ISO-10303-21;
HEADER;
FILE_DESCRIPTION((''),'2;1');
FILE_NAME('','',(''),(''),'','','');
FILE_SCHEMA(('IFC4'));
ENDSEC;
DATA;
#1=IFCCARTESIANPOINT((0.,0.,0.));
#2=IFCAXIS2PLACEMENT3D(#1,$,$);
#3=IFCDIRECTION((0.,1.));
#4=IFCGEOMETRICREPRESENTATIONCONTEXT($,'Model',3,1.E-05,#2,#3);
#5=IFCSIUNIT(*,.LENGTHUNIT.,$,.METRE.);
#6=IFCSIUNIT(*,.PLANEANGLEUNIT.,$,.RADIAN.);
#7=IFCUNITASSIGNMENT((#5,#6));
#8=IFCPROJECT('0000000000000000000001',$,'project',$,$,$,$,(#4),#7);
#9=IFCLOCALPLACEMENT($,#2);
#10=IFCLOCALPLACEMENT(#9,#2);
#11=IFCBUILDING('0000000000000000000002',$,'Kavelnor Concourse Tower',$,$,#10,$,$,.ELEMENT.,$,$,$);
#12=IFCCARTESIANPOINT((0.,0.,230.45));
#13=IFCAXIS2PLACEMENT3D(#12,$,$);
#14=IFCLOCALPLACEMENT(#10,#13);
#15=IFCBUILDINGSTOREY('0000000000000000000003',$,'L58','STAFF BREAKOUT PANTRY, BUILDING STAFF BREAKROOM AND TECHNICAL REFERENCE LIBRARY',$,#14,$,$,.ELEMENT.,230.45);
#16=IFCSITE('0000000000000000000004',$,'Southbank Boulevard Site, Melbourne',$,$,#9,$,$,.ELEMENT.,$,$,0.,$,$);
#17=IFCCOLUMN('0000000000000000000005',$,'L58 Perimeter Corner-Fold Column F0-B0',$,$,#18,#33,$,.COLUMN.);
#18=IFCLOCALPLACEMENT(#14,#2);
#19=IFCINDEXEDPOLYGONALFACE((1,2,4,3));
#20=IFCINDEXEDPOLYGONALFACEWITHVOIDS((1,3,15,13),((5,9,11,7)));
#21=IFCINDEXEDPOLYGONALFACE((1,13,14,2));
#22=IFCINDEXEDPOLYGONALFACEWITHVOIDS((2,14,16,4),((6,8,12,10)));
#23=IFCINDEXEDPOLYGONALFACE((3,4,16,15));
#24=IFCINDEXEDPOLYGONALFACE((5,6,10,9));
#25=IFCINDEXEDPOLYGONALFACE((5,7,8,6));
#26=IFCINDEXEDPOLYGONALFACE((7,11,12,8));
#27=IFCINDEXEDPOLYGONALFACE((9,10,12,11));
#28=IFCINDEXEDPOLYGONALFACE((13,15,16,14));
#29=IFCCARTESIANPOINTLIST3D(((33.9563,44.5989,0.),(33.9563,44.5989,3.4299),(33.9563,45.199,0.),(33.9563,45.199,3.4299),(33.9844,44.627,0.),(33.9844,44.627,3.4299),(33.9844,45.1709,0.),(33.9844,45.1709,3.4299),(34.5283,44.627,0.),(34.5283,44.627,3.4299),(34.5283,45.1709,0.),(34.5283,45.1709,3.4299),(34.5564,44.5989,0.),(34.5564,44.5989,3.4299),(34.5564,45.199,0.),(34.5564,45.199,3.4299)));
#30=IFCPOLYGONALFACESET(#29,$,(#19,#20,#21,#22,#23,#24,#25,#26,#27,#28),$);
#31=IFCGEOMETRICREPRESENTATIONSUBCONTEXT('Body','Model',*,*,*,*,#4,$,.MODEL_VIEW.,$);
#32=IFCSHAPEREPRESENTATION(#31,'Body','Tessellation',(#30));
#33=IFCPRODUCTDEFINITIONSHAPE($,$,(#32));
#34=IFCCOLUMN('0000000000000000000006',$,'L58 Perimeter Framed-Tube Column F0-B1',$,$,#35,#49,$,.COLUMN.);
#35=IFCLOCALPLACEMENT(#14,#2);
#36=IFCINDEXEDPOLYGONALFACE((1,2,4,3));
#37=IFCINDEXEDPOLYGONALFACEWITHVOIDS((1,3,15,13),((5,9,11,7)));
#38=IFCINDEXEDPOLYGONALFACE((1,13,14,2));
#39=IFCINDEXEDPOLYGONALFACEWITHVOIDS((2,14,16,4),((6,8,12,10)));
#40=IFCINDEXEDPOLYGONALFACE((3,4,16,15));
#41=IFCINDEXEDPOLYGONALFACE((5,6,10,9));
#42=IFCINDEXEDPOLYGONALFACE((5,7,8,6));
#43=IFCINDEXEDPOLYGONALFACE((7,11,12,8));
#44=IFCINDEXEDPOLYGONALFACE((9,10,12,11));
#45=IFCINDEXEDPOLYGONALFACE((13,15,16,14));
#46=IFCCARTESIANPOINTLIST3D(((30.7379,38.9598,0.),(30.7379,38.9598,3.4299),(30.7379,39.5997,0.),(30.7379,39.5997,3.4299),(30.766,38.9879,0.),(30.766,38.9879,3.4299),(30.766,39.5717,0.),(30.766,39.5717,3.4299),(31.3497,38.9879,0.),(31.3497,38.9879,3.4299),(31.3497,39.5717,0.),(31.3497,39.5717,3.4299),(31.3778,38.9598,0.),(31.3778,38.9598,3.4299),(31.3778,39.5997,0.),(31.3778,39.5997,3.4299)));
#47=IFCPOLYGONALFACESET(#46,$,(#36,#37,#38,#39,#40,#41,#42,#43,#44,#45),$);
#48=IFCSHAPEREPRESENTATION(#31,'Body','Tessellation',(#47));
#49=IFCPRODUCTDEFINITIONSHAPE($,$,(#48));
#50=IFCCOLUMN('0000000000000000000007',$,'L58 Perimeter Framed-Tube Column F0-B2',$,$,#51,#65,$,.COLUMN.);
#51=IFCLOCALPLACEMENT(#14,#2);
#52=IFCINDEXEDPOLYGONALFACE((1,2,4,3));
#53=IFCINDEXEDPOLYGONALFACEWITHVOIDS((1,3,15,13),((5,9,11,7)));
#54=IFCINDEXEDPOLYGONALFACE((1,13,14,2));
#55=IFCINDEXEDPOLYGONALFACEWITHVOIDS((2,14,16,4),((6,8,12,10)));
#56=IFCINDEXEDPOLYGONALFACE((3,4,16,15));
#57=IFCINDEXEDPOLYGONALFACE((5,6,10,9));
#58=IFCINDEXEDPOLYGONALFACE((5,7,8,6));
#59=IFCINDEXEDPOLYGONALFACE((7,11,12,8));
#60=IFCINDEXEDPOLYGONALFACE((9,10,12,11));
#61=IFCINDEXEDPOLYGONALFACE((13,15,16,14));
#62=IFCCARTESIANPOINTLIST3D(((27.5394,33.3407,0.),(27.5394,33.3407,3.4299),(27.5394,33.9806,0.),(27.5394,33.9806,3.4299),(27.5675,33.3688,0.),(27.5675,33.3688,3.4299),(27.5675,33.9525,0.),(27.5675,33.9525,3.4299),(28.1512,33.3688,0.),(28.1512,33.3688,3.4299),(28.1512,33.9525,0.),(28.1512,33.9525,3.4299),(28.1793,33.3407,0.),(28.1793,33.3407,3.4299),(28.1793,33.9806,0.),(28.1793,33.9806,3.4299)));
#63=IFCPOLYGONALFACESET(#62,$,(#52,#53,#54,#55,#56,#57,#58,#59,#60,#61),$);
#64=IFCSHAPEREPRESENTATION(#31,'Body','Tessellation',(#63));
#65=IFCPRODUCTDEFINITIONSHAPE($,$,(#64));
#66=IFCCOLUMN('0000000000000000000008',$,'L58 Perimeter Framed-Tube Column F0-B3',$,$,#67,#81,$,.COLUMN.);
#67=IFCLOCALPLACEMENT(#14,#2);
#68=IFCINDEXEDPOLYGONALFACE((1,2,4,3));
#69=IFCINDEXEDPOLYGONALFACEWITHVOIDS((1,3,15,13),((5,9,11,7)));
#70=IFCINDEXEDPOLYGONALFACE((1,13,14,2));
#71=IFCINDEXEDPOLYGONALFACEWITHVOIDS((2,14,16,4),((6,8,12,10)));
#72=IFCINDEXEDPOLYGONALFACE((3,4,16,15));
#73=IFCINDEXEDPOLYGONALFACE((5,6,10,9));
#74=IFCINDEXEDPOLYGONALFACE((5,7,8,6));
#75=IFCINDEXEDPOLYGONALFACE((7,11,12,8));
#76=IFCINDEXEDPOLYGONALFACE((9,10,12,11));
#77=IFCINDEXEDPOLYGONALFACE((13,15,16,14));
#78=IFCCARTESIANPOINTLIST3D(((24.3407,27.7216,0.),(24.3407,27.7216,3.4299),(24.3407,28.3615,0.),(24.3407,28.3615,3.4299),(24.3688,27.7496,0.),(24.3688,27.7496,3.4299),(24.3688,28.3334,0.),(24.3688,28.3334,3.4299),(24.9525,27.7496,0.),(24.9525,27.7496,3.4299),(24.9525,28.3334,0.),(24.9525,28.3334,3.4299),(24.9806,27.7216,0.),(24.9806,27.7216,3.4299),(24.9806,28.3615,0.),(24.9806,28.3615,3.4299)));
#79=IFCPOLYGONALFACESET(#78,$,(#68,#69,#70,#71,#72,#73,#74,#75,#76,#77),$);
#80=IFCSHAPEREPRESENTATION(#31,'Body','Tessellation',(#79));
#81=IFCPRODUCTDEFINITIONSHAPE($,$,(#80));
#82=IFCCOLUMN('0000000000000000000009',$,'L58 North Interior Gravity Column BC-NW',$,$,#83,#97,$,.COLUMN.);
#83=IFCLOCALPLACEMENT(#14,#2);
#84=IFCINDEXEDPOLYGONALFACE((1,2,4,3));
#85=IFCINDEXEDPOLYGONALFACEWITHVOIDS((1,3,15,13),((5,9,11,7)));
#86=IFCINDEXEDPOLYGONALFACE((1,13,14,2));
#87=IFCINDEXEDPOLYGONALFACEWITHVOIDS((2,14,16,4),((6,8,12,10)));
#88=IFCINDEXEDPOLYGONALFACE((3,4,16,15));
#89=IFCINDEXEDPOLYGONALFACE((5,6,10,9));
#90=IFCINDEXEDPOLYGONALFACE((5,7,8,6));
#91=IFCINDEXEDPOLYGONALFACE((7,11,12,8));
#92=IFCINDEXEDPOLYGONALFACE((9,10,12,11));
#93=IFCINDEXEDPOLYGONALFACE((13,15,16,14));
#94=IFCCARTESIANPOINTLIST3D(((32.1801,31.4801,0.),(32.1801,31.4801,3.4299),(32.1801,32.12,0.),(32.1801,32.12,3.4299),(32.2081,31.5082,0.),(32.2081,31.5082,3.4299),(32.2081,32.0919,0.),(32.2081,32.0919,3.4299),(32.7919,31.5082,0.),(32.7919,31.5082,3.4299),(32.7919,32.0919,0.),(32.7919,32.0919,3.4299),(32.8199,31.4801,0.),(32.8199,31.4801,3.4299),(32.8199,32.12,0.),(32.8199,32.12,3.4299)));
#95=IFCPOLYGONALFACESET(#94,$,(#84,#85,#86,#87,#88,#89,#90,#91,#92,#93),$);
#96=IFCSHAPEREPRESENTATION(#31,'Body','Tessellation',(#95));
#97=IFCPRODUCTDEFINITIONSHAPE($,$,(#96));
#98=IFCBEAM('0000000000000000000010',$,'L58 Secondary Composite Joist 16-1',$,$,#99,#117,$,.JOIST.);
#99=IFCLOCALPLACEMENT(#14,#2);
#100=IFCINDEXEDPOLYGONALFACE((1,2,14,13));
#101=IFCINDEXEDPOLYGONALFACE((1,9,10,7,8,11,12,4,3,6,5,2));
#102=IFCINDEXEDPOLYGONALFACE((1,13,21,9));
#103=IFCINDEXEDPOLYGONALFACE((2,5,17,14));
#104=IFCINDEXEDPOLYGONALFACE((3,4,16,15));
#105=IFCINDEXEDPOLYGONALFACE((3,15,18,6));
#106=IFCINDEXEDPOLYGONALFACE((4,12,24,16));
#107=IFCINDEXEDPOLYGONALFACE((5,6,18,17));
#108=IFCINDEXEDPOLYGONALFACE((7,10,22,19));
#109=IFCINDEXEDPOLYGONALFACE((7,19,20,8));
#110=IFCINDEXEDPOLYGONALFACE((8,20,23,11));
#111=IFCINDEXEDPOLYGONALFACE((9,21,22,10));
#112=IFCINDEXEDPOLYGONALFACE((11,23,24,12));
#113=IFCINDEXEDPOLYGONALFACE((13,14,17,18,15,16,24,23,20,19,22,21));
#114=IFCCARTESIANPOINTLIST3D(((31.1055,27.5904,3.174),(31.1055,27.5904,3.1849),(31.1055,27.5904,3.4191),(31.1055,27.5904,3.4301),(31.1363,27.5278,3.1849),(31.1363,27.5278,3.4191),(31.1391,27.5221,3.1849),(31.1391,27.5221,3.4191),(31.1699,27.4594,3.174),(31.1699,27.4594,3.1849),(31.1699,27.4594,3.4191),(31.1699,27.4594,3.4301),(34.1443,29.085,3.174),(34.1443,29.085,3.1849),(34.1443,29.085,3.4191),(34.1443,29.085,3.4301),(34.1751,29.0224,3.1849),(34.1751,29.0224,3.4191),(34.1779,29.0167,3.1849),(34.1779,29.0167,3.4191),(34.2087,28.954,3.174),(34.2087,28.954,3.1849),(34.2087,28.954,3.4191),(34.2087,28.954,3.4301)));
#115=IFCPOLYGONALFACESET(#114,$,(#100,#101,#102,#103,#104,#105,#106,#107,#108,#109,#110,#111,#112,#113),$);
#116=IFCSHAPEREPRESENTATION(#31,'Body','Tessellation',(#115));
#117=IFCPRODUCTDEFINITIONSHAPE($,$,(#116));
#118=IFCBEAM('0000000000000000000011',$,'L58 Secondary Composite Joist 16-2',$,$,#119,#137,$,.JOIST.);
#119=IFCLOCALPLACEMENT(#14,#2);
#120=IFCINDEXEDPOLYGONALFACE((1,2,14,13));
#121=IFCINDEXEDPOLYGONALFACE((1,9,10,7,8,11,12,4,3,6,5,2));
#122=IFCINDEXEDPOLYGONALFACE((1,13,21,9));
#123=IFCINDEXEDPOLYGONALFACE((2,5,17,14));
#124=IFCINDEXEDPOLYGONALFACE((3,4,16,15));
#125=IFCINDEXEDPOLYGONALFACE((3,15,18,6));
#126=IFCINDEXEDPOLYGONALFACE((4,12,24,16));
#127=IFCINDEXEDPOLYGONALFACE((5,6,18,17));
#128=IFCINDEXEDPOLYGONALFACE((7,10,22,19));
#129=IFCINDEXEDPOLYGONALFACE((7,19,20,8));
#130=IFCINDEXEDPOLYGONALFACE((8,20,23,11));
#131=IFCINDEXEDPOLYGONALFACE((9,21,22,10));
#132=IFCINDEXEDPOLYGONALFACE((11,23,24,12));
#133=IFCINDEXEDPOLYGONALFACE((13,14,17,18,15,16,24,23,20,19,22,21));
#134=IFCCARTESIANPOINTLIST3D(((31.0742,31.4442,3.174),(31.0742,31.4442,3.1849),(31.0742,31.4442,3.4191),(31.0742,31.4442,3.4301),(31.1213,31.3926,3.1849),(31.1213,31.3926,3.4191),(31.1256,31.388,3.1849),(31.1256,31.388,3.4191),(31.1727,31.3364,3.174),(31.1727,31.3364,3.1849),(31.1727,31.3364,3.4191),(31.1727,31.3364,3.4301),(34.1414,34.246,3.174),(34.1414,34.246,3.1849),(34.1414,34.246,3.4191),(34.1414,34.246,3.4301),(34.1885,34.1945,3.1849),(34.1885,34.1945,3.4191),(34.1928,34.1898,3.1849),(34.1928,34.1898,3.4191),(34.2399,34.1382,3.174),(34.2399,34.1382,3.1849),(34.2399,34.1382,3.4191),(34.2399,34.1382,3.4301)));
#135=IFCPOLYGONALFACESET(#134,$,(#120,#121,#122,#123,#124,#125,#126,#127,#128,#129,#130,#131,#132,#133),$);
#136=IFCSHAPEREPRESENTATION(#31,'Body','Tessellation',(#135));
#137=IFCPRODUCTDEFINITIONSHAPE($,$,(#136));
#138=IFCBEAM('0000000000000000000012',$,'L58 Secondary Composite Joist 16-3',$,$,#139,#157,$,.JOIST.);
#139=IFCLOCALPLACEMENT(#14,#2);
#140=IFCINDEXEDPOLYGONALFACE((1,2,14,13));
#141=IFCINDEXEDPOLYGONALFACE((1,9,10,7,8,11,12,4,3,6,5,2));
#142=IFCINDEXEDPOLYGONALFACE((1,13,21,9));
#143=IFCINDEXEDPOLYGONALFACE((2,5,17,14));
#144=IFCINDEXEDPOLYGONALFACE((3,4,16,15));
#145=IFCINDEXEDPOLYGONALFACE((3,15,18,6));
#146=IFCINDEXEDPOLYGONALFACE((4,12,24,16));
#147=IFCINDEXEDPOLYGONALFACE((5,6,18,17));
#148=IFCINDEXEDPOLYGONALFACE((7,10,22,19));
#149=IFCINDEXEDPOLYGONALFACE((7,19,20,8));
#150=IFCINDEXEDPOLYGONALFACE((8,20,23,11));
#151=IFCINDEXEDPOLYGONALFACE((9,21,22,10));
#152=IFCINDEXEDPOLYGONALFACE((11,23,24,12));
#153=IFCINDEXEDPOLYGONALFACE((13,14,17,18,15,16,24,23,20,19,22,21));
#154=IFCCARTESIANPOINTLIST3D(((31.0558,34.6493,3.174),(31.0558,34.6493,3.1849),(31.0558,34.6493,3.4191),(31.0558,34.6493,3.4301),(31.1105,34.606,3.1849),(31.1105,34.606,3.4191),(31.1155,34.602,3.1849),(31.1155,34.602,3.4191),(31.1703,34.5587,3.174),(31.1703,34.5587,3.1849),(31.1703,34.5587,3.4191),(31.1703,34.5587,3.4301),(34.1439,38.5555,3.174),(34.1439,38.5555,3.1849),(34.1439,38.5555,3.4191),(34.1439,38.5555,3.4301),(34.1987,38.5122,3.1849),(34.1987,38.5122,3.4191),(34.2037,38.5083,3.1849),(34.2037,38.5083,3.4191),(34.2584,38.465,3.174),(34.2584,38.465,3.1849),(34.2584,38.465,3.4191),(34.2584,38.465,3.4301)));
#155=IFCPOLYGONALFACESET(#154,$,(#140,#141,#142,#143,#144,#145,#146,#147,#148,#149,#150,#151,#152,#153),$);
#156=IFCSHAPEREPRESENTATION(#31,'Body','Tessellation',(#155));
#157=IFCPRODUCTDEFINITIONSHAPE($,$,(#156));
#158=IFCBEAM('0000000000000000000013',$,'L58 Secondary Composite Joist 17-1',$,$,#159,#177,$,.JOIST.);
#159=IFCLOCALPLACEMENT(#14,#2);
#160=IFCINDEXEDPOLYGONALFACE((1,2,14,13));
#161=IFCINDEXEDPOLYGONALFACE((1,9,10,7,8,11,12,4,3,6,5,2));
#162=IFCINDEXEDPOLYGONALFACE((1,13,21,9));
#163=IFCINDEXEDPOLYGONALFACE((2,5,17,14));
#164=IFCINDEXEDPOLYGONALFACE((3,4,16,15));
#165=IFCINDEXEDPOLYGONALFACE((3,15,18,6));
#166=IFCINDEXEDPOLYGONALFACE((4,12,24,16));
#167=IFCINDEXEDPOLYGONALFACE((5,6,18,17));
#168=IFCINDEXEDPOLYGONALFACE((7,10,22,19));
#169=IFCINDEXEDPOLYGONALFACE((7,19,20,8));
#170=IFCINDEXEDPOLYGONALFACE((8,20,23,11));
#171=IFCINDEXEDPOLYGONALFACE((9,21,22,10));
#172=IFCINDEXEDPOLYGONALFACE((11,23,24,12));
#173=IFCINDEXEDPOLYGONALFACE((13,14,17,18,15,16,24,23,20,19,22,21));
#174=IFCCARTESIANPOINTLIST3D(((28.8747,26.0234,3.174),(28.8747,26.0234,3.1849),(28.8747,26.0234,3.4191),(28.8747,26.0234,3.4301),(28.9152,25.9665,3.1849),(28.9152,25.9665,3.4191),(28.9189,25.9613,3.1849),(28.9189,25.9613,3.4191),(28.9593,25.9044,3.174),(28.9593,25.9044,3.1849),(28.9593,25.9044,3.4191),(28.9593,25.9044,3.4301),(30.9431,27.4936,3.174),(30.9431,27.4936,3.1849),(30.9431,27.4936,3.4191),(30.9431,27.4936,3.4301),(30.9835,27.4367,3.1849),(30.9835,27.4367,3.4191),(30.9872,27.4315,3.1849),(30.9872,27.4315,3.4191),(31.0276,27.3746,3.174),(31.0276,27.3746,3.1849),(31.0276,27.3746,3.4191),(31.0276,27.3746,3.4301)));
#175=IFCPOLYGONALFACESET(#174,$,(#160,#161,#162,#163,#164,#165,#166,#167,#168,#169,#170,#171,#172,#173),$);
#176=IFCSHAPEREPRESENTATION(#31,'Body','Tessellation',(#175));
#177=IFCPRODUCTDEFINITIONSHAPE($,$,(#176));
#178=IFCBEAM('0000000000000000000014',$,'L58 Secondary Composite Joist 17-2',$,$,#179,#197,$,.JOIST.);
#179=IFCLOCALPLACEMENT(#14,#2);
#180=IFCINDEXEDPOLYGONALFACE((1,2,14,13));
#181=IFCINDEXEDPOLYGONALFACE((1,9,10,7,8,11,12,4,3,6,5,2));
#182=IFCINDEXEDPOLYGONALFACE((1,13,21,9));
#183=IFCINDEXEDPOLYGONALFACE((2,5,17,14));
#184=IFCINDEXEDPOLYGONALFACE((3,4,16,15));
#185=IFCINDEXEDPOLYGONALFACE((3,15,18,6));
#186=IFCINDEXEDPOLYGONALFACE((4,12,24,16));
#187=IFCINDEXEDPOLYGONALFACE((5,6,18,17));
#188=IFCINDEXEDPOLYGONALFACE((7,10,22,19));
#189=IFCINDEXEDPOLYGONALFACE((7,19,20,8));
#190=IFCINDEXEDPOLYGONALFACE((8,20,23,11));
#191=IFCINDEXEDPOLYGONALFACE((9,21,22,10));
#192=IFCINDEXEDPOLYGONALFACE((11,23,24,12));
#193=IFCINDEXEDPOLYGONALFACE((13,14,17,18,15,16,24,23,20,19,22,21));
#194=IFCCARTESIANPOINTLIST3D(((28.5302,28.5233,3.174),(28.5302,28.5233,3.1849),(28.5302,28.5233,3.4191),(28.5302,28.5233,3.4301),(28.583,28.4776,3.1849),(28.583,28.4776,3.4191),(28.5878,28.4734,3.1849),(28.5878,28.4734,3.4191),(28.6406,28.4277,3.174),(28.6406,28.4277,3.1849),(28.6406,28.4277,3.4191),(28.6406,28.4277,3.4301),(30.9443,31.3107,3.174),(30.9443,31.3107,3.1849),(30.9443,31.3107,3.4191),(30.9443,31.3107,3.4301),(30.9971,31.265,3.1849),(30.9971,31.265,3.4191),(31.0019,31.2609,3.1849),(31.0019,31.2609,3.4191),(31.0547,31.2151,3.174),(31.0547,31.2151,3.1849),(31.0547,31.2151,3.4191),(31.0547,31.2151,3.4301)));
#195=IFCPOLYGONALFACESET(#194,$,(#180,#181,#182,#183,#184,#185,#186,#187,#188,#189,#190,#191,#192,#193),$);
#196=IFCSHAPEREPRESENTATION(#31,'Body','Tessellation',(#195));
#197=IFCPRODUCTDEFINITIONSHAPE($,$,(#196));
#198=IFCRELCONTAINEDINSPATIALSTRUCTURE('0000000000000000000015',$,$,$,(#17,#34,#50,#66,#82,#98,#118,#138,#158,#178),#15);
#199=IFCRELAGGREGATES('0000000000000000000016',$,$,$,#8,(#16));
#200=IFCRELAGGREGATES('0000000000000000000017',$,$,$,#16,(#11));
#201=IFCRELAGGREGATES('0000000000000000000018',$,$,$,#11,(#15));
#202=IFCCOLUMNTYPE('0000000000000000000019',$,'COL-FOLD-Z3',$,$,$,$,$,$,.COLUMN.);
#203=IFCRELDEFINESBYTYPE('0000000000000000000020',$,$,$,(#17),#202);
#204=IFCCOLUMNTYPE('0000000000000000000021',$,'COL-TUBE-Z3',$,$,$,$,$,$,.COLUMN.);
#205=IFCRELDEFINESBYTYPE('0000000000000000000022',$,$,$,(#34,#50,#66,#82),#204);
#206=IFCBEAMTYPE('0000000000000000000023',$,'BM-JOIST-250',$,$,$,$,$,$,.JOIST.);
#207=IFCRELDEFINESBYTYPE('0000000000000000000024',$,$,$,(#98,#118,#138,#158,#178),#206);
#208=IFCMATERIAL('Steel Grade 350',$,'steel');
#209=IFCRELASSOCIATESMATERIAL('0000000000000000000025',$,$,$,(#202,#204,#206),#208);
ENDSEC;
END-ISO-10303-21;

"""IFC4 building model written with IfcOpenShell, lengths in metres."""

from ifc_helpers import new_model, si_unit, direction, frame, origin, origin_2d, place, context, subcontext, project, spatial, hollow_rectangle, i_section, extrude, material, material_profile, profile_set, type_object, element, save


model = new_model("IFC4")

# Units and contexts
model_context = context("Model", 3, precision=1e-05, world=origin(), true_north=direction((0.0, 1.0)))
body_context = subcontext(model_context, "Body", "Model", "MODEL_VIEW")
ifc_project = project(units=[si_unit("LENGTHUNIT", "METRE"), si_unit("PLANEANGLEUNIT", "RADIAN")], contexts=[model_context])

# Site, building, storey
site_placement = place(None, origin())
site = spatial("IfcSite", under=ifc_project, at=site_placement, Name="Southbank Boulevard Site, Melbourne", CompositionType="ELEMENT", RefElevation=0.0)
building_placement = place(site_placement, origin())
building = spatial("IfcBuilding", under=site, at=building_placement, Name="Kavelnor Concourse Tower", CompositionType="ELEMENT")
storey_placement = place(building_placement, frame((0.0, 0.0, 230.45)))
storey = spatial("IfcBuildingStorey", under=building, at=storey_placement, Name="L58", Description="STAFF BREAKOUT PANTRY, BUILDING STAFF BREAKROOM AND TECHNICAL REFERENCE LIBRARY", CompositionType="ELEMENT", Elevation=230.45)

# Columns
ifc_material_1 = material(Name="Steel Grade 350", Category="steel")
ifc_material_profile_1 = material_profile(ifc_material_1, hollow_rectangle(XDim=0.6001, YDim=0.6001, WallThickness=0.0281, at=origin_2d()), Name="SHS 600x600x28")
ifc_profile_set_1 = profile_set([ifc_material_profile_1], Name="Steel Grade 350")
column_type_1 = type_object("IfcColumnType", Name="COL-FOLD-Z3", PredefinedType="COLUMN", material=ifc_profile_set_1)
column_placement = place(storey_placement, frame((34.2563, 44.8989, 0.0), z_axis=(0.0, 0.0, 1.0), x_axis=(1.0, 0.0, 0.0)))
element("IfcColumn", 1, at=column_placement, inside=storey, type_object=column_type_1, Name="L58 Perimeter Corner-Fold Column F0-B0", PredefinedType="COLUMN", context=body_context, shape_type="SweptSolid", body=[
    extrude(hollow_rectangle(XDim=0.6001, YDim=0.6001, WallThickness=0.0281, at=origin_2d()), origin(), (0.0, 0.0, 1.0), 3.4299),
])
ifc_material_profile_2 = material_profile(ifc_material_1, hollow_rectangle(XDim=0.6399, YDim=0.6399, WallThickness=0.0281, at=origin_2d()), Name="SHS 640x640x28")
ifc_profile_set_2 = profile_set([ifc_material_profile_2], Name="Steel Grade 350")
column_type_2 = type_object("IfcColumnType", Name="COL-TUBE-Z3", PredefinedType="COLUMN", material=ifc_profile_set_2)
for number, where, z_axis, x_axis, name in (
    (2, (31.0579, 39.2798, 0.0), (0.0, 0.0, 1.0), (1.0, 0.0, 0.0), "L58 Perimeter Framed-Tube Column F0-B1"),
    (3, (27.8594, 33.6606, 0.0), (0.0, 0.0, 1.0), (1.0, 0.0, 0.0), "L58 Perimeter Framed-Tube Column F0-B2"),
    (4, (24.6606, 28.0415, 0.0), (0.0, 0.0, 1.0), (1.0, 0.0, 0.0), "L58 Perimeter Framed-Tube Column F0-B3"),
    (5, (32.5, 31.8, 0.0), (0.0, 0.0, 1.0), (1.0, 0.0, 0.0), "L58 North Interior Gravity Column BC-NW"),
):
    element("IfcColumn", number, at=place(storey_placement, frame(where, z_axis=z_axis, x_axis=x_axis)), inside=storey, type_object=column_type_2, Name=name, PredefinedType="COLUMN", context=body_context, shape_type="SweptSolid", body=[
        extrude(hollow_rectangle(XDim=0.6399, YDim=0.6399, WallThickness=0.0281, at=origin_2d()), origin(), (0.0, 0.0, 1.0), 3.4299),
    ])

# Beams
ifc_material_profile_3 = material_profile(ifc_material_1, i_section(OverallWidth=0.146, OverallDepth=0.2561, WebThickness=0.0063, FlangeThickness=0.011, at=origin_2d()), Name="250UB37")
ifc_profile_set_3 = profile_set([ifc_material_profile_3], Name="Steel Grade 350")
beam_type_1 = type_object("IfcBeamType", Name="BM-JOIST-250", PredefinedType="JOIST", material=ifc_profile_set_3)
beam_1_placement = place(storey_placement, frame((34.1765, 29.0195, 3.302), z_axis=(-0.897335, -0.44135, 0.0), x_axis=(0.44135, -0.897335, 0.0)))
element("IfcBeam", 6, at=beam_1_placement, inside=storey, type_object=beam_type_1, Name="L58 Secondary Composite Joist 16-1", PredefinedType="JOIST", context=body_context, shape_type="SweptSolid", body=[
    extrude(i_section(OverallWidth=0.146, OverallDepth=0.2561, WebThickness=0.0063, FlangeThickness=0.011, at=origin_2d()), origin(), (0.0, 0.0, 1.0), 3.3865),
])
beam_2_placement = place(storey_placement, frame((34.1907, 34.1921, 3.302), z_axis=(-0.738326, -0.674444, 0.0), x_axis=(0.674444, -0.738326, 0.0)))
element("IfcBeam", 7, at=beam_2_placement, inside=storey, type_object=beam_type_1, Name="L58 Secondary Composite Joist 16-2", PredefinedType="JOIST", context=body_context, shape_type="SweptSolid", body=[
    extrude(i_section(OverallWidth=0.146, OverallDepth=0.2561, WebThickness=0.0063, FlangeThickness=0.011, at=origin_2d()), origin(), (0.0, 0.0, 1.0), 4.1543),
])
beam_3_placement = place(storey_placement, frame((34.2012, 38.5103, 3.302), z_axis=(-0.62017, -0.784467, 0.0), x_axis=(0.784467, -0.62017, 0.0)))
element("IfcBeam", 8, at=beam_3_placement, inside=storey, type_object=beam_type_1, Name="L58 Secondary Composite Joist 16-3", PredefinedType="JOIST", context=body_context, shape_type="SweptSolid", body=[
    extrude(i_section(OverallWidth=0.146, OverallDepth=0.2561, WebThickness=0.0063, FlangeThickness=0.011, at=origin_2d()), origin(), (0.0, 0.0, 1.0), 4.9795),
])
beam_4_placement = place(storey_placement, frame((30.9854, 27.4341, 3.302), z_axis=(-0.81507, -0.579362, 0.0), x_axis=(0.579362, -0.81507, 0.0)))
element("IfcBeam", 9, at=beam_4_placement, inside=storey, type_object=beam_type_1, Name="L58 Secondary Composite Joist 17-1", PredefinedType="JOIST", context=body_context, shape_type="SweptSolid", body=[
    extrude(i_section(OverallWidth=0.146, OverallDepth=0.2561, WebThickness=0.0063, FlangeThickness=0.011, at=origin_2d()), origin(), (0.0, 0.0, 1.0), 2.5376),
])
beam_5_placement = place(storey_placement, frame((30.9995, 31.2629, 3.302), z_axis=(-0.654676, -0.75591, 0.0), x_axis=(0.75591, -0.654676, 0.0)))
element("IfcBeam", 10, at=beam_5_placement, inside=storey, type_object=beam_type_1, Name="L58 Secondary Composite Joist 17-2", PredefinedType="JOIST", context=body_context, shape_type="SweptSolid", body=[
    extrude(i_section(OverallWidth=0.146, OverallDepth=0.2561, WebThickness=0.0063, FlangeThickness=0.011, at=origin_2d()), origin(), (0.0, 0.0, 1.0), 3.6875),
])

save(model, "model.ifc")
